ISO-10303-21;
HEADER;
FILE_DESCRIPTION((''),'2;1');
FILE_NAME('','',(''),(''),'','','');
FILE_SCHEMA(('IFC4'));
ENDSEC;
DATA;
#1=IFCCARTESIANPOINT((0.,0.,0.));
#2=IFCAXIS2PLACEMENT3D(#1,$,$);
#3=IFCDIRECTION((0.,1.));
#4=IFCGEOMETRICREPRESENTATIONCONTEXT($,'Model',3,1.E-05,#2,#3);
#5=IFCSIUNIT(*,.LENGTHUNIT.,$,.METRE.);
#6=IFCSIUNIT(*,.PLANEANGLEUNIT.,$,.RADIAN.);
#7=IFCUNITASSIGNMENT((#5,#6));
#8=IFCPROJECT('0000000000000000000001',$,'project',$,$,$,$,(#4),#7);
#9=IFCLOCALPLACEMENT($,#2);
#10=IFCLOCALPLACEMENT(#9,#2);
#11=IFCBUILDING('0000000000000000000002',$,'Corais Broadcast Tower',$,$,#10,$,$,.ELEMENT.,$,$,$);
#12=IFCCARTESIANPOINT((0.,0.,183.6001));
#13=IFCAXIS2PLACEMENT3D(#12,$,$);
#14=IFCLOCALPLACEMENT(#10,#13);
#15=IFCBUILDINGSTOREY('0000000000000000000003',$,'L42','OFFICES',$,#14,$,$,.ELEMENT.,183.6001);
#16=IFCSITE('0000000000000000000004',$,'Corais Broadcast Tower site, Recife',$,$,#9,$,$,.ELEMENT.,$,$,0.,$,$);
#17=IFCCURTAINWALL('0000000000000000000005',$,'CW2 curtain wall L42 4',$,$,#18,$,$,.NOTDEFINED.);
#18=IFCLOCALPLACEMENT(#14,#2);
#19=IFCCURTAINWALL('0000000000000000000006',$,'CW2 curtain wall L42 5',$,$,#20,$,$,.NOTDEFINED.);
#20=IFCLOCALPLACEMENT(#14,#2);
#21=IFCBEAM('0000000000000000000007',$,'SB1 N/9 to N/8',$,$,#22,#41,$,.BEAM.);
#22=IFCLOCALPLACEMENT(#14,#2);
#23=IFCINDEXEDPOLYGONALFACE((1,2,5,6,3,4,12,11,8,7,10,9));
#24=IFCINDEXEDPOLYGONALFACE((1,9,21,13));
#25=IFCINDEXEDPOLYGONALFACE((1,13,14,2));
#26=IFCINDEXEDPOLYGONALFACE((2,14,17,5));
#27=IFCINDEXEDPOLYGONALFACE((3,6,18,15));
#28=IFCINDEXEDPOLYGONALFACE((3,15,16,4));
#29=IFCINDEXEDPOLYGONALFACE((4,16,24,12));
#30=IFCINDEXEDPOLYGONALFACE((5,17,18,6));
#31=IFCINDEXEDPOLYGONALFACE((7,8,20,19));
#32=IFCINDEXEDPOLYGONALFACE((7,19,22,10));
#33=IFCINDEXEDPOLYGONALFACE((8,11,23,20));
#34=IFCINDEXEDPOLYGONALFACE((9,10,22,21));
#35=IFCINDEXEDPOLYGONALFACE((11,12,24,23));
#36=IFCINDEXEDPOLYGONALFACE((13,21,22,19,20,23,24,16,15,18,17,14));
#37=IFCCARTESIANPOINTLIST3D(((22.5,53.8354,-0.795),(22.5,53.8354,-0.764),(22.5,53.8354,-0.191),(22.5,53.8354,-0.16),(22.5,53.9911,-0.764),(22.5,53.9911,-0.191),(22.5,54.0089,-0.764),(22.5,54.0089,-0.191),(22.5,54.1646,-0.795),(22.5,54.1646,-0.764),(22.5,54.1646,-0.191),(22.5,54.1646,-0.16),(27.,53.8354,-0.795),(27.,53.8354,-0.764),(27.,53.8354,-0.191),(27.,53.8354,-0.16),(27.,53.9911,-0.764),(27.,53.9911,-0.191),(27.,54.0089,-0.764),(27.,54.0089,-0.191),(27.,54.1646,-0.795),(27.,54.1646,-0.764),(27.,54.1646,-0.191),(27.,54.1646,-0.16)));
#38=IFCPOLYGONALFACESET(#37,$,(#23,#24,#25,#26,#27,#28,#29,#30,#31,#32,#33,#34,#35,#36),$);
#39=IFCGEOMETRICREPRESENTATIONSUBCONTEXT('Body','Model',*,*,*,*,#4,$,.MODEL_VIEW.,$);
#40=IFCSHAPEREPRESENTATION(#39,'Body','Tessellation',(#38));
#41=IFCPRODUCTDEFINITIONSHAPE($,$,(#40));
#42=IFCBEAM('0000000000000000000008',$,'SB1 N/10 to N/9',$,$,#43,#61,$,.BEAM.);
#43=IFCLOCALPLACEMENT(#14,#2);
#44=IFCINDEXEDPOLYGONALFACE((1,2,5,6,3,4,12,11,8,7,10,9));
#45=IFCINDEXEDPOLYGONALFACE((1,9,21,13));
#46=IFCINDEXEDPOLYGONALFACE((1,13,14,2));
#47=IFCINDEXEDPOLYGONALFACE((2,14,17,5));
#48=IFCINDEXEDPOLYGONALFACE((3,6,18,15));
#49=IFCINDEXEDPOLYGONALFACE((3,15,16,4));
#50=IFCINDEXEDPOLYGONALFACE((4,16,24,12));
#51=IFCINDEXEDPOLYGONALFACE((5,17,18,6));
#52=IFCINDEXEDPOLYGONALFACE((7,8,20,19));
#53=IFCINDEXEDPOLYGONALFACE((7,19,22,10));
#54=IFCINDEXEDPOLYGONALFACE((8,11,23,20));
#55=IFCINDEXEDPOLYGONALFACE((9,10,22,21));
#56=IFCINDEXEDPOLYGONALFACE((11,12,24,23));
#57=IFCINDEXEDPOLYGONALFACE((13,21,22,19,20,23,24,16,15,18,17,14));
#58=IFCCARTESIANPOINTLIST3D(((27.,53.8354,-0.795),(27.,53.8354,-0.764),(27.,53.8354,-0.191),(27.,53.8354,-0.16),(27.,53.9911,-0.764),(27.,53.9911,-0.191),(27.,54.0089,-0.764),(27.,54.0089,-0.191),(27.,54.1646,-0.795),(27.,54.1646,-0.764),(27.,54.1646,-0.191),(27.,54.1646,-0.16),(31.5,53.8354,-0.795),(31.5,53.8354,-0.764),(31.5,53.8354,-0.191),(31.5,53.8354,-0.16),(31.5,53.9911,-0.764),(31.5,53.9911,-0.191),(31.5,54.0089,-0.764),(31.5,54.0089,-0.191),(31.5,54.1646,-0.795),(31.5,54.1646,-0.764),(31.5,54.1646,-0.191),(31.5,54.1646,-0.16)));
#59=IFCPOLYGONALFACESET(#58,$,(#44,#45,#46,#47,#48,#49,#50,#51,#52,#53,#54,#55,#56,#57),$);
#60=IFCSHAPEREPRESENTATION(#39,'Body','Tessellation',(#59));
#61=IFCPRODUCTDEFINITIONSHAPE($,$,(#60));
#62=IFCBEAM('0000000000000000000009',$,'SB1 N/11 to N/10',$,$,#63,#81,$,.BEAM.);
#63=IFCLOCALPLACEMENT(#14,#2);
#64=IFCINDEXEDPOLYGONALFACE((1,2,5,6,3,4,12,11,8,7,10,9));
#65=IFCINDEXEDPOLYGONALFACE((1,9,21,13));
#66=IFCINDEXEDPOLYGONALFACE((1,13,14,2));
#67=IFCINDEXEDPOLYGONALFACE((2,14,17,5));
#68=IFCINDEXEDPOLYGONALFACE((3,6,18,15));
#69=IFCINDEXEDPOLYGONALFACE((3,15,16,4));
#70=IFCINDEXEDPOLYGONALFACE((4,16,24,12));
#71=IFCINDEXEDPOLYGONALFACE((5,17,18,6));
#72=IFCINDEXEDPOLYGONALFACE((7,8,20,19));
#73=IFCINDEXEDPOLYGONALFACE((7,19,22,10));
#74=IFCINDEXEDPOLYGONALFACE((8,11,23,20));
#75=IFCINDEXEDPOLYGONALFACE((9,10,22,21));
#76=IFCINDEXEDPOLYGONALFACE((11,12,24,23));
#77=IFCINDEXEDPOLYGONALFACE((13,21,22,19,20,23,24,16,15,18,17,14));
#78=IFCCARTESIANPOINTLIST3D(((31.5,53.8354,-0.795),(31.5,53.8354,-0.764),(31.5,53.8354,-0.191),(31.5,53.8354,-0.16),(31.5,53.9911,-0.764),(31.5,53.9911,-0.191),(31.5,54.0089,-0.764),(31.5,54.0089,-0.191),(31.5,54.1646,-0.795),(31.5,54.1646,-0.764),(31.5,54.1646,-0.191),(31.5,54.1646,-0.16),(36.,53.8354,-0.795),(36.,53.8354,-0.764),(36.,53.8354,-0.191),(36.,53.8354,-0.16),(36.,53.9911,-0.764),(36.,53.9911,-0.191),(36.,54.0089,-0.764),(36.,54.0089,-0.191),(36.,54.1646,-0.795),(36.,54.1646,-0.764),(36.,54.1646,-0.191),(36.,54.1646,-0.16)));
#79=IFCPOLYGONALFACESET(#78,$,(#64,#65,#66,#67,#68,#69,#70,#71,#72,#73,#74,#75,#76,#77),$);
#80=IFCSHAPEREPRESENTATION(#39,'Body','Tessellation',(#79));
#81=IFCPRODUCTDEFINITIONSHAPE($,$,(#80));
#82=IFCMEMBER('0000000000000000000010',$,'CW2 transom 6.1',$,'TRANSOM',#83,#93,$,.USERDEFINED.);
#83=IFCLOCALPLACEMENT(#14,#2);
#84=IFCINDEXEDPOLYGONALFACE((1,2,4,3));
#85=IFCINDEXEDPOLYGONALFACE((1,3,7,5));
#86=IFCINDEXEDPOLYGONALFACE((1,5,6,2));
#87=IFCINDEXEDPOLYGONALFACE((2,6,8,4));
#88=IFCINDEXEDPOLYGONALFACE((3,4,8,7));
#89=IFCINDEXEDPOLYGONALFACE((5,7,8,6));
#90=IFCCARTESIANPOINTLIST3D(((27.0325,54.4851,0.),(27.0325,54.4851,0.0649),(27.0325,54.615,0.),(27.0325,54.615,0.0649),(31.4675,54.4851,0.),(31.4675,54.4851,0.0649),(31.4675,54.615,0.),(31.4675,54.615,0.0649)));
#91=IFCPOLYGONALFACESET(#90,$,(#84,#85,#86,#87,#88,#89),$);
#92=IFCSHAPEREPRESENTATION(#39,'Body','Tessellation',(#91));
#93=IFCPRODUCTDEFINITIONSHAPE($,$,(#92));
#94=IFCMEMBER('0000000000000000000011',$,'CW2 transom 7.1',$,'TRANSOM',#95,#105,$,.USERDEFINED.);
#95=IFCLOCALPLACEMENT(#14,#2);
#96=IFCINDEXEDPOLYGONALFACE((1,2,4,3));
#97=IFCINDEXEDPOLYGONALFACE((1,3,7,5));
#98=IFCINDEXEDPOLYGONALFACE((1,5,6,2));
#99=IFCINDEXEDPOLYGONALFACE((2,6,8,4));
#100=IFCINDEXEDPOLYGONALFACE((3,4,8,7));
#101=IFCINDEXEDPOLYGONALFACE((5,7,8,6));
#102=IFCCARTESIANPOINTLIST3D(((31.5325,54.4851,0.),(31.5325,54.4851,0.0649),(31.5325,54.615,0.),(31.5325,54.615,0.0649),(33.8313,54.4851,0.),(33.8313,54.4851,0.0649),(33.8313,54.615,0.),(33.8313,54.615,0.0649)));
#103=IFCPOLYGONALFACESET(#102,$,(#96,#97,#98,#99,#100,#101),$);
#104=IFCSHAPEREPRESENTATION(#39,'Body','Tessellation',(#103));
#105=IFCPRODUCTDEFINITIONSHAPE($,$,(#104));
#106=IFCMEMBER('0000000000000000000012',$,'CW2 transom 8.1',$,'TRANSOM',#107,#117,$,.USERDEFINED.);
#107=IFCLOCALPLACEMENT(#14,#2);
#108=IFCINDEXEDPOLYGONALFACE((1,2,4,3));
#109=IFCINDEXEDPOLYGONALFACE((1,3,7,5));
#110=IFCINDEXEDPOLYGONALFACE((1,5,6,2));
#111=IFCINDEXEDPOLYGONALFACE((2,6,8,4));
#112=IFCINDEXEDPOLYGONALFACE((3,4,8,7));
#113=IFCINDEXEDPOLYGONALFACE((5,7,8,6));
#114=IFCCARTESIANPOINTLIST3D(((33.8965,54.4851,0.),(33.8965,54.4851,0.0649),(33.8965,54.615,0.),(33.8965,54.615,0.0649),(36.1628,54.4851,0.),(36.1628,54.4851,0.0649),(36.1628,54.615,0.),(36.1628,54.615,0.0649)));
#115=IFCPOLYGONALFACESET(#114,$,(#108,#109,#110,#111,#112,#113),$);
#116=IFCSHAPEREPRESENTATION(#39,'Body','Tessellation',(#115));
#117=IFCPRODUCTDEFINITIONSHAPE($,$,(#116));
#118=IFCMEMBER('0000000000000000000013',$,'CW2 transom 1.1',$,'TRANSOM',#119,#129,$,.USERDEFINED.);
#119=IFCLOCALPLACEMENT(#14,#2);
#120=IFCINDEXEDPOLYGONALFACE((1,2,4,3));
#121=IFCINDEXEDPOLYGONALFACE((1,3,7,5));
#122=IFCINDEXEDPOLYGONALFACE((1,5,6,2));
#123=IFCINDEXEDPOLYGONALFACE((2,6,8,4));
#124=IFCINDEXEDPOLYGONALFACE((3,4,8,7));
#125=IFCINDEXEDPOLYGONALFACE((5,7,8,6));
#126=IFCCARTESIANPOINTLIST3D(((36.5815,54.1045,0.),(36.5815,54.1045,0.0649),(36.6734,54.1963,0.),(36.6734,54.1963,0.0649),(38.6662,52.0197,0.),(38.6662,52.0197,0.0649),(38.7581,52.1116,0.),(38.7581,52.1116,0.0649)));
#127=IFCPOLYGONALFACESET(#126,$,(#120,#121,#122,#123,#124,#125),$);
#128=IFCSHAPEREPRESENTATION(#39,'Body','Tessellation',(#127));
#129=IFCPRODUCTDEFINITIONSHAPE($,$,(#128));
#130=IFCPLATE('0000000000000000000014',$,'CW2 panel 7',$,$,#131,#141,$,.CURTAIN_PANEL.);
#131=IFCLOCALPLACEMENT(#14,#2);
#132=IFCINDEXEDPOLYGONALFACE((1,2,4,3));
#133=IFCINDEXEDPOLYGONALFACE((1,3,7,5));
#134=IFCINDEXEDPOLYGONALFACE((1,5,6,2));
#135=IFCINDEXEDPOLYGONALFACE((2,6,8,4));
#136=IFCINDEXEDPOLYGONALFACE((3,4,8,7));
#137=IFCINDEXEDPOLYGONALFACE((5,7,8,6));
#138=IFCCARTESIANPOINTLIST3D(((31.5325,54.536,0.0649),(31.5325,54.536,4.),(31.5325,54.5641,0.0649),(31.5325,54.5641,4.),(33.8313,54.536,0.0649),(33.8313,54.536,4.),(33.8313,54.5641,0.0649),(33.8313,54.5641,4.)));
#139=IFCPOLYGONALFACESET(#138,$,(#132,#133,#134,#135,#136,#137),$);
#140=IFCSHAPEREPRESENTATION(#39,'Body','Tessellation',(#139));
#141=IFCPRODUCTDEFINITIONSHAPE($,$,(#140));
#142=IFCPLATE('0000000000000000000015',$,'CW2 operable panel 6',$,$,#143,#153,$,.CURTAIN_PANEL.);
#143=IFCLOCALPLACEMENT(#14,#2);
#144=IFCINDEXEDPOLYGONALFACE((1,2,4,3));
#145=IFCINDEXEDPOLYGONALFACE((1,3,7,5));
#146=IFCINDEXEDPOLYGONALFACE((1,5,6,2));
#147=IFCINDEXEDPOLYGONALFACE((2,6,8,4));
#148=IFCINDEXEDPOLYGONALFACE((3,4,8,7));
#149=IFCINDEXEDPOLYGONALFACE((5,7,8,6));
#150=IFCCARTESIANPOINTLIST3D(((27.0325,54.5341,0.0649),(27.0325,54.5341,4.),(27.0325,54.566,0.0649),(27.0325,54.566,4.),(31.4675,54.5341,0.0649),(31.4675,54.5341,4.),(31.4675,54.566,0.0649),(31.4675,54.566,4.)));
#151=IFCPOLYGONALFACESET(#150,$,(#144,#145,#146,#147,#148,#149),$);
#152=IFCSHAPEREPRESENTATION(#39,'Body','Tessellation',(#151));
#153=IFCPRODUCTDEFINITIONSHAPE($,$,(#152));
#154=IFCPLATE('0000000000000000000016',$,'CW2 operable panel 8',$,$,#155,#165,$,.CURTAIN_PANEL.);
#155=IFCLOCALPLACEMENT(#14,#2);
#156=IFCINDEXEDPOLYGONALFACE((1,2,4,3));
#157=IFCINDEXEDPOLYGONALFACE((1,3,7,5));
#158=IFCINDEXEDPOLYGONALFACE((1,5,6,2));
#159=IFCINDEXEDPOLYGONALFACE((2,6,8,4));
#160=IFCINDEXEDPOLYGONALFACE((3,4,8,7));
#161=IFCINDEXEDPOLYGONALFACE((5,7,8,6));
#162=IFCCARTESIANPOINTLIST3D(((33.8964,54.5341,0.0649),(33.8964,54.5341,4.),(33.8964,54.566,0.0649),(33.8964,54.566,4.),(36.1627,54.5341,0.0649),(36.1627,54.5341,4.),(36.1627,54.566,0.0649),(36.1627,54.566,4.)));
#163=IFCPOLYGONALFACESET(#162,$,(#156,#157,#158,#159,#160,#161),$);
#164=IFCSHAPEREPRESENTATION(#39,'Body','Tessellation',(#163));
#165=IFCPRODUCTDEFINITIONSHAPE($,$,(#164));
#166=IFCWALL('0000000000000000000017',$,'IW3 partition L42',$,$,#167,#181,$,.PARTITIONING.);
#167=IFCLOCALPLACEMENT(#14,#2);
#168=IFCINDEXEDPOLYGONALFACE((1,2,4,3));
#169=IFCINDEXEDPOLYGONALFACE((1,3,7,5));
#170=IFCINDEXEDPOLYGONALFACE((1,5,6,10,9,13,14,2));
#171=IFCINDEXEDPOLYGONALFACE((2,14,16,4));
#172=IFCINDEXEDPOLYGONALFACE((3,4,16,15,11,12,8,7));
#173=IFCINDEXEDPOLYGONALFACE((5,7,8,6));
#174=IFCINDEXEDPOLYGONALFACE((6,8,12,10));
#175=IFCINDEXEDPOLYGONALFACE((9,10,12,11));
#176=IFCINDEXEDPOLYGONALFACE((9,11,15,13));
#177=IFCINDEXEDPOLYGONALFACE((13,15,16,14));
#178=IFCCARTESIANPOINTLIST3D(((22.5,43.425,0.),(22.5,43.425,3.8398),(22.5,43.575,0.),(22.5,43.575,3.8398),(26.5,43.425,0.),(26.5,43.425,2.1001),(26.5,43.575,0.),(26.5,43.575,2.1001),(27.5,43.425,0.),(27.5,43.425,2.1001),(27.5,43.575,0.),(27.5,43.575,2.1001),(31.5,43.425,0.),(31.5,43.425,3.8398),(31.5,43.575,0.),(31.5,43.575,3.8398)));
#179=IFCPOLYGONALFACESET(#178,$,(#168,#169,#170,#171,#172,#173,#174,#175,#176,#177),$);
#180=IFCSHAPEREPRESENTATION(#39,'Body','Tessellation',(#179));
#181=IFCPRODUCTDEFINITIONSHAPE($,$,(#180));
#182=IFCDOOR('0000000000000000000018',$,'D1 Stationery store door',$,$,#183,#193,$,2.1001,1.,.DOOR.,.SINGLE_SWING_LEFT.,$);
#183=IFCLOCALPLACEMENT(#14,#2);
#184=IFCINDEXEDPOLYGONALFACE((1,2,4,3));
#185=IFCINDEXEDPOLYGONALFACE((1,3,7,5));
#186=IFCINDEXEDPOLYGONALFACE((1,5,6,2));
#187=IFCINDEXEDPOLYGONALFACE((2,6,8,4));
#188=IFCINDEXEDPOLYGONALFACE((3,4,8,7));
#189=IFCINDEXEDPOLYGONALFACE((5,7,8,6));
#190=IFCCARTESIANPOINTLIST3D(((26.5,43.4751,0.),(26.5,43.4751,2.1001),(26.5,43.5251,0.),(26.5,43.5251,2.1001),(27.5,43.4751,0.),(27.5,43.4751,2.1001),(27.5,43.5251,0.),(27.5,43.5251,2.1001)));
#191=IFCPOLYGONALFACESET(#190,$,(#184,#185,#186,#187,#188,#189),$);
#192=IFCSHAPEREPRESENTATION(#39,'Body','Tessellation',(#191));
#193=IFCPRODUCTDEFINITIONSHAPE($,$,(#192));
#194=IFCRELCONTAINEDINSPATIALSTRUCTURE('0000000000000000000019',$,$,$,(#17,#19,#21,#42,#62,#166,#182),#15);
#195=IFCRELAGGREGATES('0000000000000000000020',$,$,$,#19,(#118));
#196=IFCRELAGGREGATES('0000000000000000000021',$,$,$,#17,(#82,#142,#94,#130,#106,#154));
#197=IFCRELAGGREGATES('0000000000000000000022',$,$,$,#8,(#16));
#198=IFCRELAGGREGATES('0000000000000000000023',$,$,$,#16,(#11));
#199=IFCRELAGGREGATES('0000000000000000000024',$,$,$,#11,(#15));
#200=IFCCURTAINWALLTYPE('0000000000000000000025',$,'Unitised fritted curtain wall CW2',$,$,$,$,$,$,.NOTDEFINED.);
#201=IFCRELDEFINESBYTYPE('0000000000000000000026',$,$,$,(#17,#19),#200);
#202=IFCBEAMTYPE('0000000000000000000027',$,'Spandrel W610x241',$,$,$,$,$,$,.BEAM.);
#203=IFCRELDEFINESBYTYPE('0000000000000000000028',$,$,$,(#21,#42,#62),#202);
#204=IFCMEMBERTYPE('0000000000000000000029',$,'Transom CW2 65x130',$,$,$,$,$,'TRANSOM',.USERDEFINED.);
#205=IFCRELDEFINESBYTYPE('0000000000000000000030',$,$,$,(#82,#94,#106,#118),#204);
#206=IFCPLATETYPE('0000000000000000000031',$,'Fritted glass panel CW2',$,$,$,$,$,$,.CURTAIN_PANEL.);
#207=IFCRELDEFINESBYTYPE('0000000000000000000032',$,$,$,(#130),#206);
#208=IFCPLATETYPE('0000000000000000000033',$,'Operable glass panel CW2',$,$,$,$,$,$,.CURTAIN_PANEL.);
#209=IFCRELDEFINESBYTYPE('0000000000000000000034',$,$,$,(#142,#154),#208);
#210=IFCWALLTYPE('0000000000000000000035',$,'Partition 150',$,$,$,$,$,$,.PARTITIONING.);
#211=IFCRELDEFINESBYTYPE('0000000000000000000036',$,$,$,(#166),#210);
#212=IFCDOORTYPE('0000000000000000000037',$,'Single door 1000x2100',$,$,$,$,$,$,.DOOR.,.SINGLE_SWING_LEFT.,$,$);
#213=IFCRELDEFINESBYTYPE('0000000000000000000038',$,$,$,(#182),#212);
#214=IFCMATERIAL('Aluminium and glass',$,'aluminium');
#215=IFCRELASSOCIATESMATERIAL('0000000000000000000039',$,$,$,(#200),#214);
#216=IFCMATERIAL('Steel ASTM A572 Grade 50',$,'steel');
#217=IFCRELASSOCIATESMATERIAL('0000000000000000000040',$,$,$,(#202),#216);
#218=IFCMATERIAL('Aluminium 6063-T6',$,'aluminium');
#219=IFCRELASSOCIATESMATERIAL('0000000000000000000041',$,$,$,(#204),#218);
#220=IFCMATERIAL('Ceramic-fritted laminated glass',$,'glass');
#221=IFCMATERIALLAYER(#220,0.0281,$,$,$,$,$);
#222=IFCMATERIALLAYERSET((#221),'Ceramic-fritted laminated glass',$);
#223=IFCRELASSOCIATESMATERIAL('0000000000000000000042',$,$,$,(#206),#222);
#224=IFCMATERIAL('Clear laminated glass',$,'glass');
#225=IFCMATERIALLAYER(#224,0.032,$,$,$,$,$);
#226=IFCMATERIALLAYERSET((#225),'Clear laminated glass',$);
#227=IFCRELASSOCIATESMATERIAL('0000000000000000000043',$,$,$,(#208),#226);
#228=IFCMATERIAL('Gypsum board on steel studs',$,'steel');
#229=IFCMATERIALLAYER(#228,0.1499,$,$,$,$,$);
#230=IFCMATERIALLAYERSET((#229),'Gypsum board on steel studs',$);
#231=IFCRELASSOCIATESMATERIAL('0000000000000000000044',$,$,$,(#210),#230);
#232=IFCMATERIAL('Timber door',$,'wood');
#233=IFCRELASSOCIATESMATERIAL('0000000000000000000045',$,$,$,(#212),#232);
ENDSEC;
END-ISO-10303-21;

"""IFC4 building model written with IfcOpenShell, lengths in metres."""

from ifc_helpers import new_model, si_unit, direction, frame, frame_2d, origin, origin_2d, place, context, subcontext, project, spatial, rectangle, i_section, extrude, material, layer, layer_set, material_profile, profile_set, type_object, element, fill, aggregate, save


model = new_model("IFC4")

# Units and contexts
model_context = context("Model", 3, precision=1e-05, world=origin(), true_north=direction((0.0, 1.0)))
body_context = subcontext(model_context, "Body", "Model", "MODEL_VIEW")
ifc_project = project(units=[si_unit("LENGTHUNIT", "METRE"), si_unit("PLANEANGLEUNIT", "RADIAN")], contexts=[model_context])

# Site, building, storey
site_placement = place(None, origin())
site = spatial("IfcSite", under=ifc_project, at=site_placement, Name="Corais Broadcast Tower site, Recife", CompositionType="ELEMENT", RefElevation=0.0)
building_placement = place(site_placement, origin())
building = spatial("IfcBuilding", under=site, at=building_placement, Name="Corais Broadcast Tower", CompositionType="ELEMENT")
storey_placement = place(building_placement, frame((0.0, 0.0, 183.6001)))
storey = spatial("IfcBuildingStorey", under=building, at=storey_placement, Name="L42", Description="OFFICES", CompositionType="ELEMENT", Elevation=183.6001)

# Curtain wall
ifc_material_1 = material(Name="Aluminium and glass", Category="aluminium")
curtain_wall_type = type_object("IfcCurtainWallType", Name="Unitised fritted curtain wall CW2", PredefinedType="NOTDEFINED", material=ifc_material_1)
curtain_wall_1_placement = place(storey_placement, origin())
curtain_wall_1 = element("IfcCurtainWall", 1, at=curtain_wall_1_placement, inside=storey, type_object=curtain_wall_type, Name="CW2 curtain wall L42 4", PredefinedType="NOTDEFINED")

# Curtain wall
curtain_wall_2_placement = place(storey_placement, origin())
curtain_wall_2 = element("IfcCurtainWall", 2, at=curtain_wall_2_placement, inside=storey, type_object=curtain_wall_type, Name="CW2 curtain wall L42 5", PredefinedType="NOTDEFINED")

# Beams
ifc_material_2 = material(Name="Steel ASTM A572 Grade 50", Category="steel")
ifc_material_profile_1 = material_profile(ifc_material_2, i_section(OverallWidth=0.3291, OverallDepth=0.635, WebThickness=0.0178, FlangeThickness=0.031, at=origin_2d()), Name="W610x241")
ifc_profile_set_1 = profile_set([ifc_material_profile_1], Name="Steel ASTM A572 Grade 50")
beam_type_1 = type_object("IfcBeamType", Name="Spandrel W610x241", PredefinedType="BEAM", material=ifc_profile_set_1)
for number, where, z_axis, x_axis, name in (
    (3, (27.0, 54.0, -0.4775), (-1.0, 0.0, 0.0), (0.0, -1.0, 0.0), "SB1 N/9 to N/8"),
    (4, (31.5, 54.0, -0.4775), (-1.0, 0.0, 0.0), (0.0, -1.0, 0.0), "SB1 N/10 to N/9"),
    (5, (36.0, 54.0, -0.4775), (-1.0, 0.0, 0.0), (0.0, -1.0, 0.0), "SB1 N/11 to N/10"),
):
    element("IfcBeam", number, at=place(storey_placement, frame(where, z_axis=z_axis, x_axis=x_axis)), inside=storey, type_object=beam_type_1, Name=name, PredefinedType="BEAM", context=body_context, shape_type="SweptSolid", body=[
        extrude(i_section(OverallWidth=0.3291, OverallDepth=0.635, WebThickness=0.0178, FlangeThickness=0.031, at=origin_2d()), origin(), (0.0, 0.0, 1.0), 4.5),
    ])

# Members
ifc_material_3 = material(Name="Aluminium 6063-T6", Category="aluminium")
ifc_material_profile_2 = material_profile(ifc_material_3, rectangle(XDim=0.1299, YDim=0.0649, at=origin_2d()), Name="Transom CW2 65x130")
ifc_profile_set_2 = profile_set([ifc_material_profile_2], Name="Aluminium 6063-T6")
member_type_1 = type_object("IfcMemberType", Name="Transom CW2 65x130", ElementType="TRANSOM", PredefinedType="USERDEFINED", material=ifc_profile_set_2)
member_1_placement = place(storey_placement, frame((27.0325, 54.55, 0.0325), z_axis=(1.0, 0.0, 0.0), x_axis=(0.0, 1.0, 0.0)))
member_1 = element("IfcMember", 6, at=member_1_placement, type_object=member_type_1, Name="CW2 transom 6.1", ObjectType="TRANSOM", PredefinedType="USERDEFINED", context=body_context, shape_type="SweptSolid", body=[
    extrude(rectangle(XDim=0.1299, YDim=0.0649, at=origin_2d()), origin(), (0.0, 0.0, 1.0), 4.4351),
])
member_2_placement = place(storey_placement, frame((31.5325, 54.55, 0.0325), z_axis=(1.0, 0.0, 0.0), x_axis=(0.0, 1.0, 0.0)))
member_2 = element("IfcMember", 7, at=member_2_placement, type_object=member_type_1, Name="CW2 transom 7.1", ObjectType="TRANSOM", PredefinedType="USERDEFINED", context=body_context, shape_type="SweptSolid", body=[
    extrude(rectangle(XDim=0.1299, YDim=0.0649, at=origin_2d()), origin(), (0.0, 0.0, 1.0), 2.2988),
])
member_3_placement = place(storey_placement, frame((33.8965, 54.55, 0.0325), z_axis=(1.0, 0.0, 0.0), x_axis=(0.0, 1.0, 0.0)))
member_3 = element("IfcMember", 8, at=member_3_placement, type_object=member_type_1, Name="CW2 transom 8.1", ObjectType="TRANSOM", PredefinedType="USERDEFINED", context=body_context, shape_type="SweptSolid", body=[
    extrude(rectangle(XDim=0.1299, YDim=0.0649, at=origin_2d()), origin(), (0.0, 0.0, 1.0), 2.2664),
])
member_4_placement = place(storey_placement, frame((36.6274, 54.1504, 0.0325), z_axis=(0.707107, -0.707107, 0.0), x_axis=(0.707107, 0.707107, 0.0)))
member_4 = element("IfcMember", 9, at=member_4_placement, type_object=member_type_1, Name="CW2 transom 1.1", ObjectType="TRANSOM", PredefinedType="USERDEFINED", context=body_context, shape_type="SweptSolid", body=[
    extrude(rectangle(XDim=0.1299, YDim=0.0649, at=origin_2d()), origin(), (0.0, 0.0, 1.0), 2.9482),
])
aggregate(curtain_wall_2, [member_4])

# Plates
ifc_material_4 = material(Name="Ceramic-fritted laminated glass", Category="glass")
ifc_layer_1 = layer(ifc_material_4, 0.0281)
ifc_layer_set_1 = layer_set([ifc_layer_1], Name="Ceramic-fritted laminated glass")
plate_type_1 = type_object("IfcPlateType", Name="Fritted glass panel CW2", PredefinedType="CURTAIN_PANEL", material=ifc_layer_set_1)
plate_1_placement = place(storey_placement, frame((32.6819, 54.55, 0.0649), z_axis=(0.0, 0.0, 1.0), x_axis=(1.0, 0.0, 0.0)))
plate_1 = element("IfcPlate", 10, at=plate_1_placement, type_object=plate_type_1, Name="CW2 panel 7", PredefinedType="CURTAIN_PANEL", context=body_context, shape_type="SweptSolid", body=[
    extrude(rectangle(XDim=2.2988, YDim=0.0281, at=origin_2d()), origin(), (0.0, 0.0, 1.0), 3.9351),
])
ifc_material_5 = material(Name="Clear laminated glass", Category="glass")
ifc_layer_2 = layer(ifc_material_5, 0.032)
ifc_layer_set_2 = layer_set([ifc_layer_2], Name="Clear laminated glass")
plate_type_2 = type_object("IfcPlateType", Name="Operable glass panel CW2", PredefinedType="CURTAIN_PANEL", material=ifc_layer_set_2)
plate_2_placement = place(storey_placement, frame((29.25, 54.55, 0.0649), z_axis=(0.0, 0.0, 1.0), x_axis=(1.0, 0.0, 0.0)))
plate_2 = element("IfcPlate", 11, at=plate_2_placement, type_object=plate_type_2, Name="CW2 operable panel 6", PredefinedType="CURTAIN_PANEL", context=body_context, shape_type="SweptSolid", body=[
    extrude(rectangle(XDim=4.4351, YDim=0.032, at=origin_2d()), origin(), (0.0, 0.0, 1.0), 3.9351),
])
plate_3_placement = place(storey_placement, frame((35.0295, 54.55, 0.0649), z_axis=(0.0, 0.0, 1.0), x_axis=(1.0, 0.0, 0.0)))
plate_3 = element("IfcPlate", 12, at=plate_3_placement, type_object=plate_type_2, Name="CW2 operable panel 8", PredefinedType="CURTAIN_PANEL", context=body_context, shape_type="SweptSolid", body=[
    extrude(rectangle(XDim=2.2664, YDim=0.032, at=origin_2d()), origin(), (0.0, 0.0, 1.0), 3.9351),
])
aggregate(curtain_wall_1, [member_1, plate_2, member_2, plate_1, member_3, plate_3])

# Wall, opening, door
ifc_material_6 = material(Name="Gypsum board on steel studs", Category="steel")
ifc_layer_3 = layer(ifc_material_6, 0.1499)
ifc_layer_set_3 = layer_set([ifc_layer_3], Name="Gypsum board on steel studs")
wall_type = type_object("IfcWallType", Name="Partition 150", PredefinedType="PARTITIONING", material=ifc_layer_set_3)
wall_1_placement = place(storey_placement, frame((31.5, 43.5, 0.0), z_axis=(0.0, 0.0, 1.0), x_axis=(-1.0, 0.0, 0.0)))
wall_1 = element("IfcWall", 13, at=wall_1_placement, inside=storey, type_object=wall_type, Name="IW3 partition L42", PredefinedType="PARTITIONING", context=body_context, shape_type="SweptSolid", body=[
    extrude(rectangle(XDim=9.0, YDim=0.1499, at=frame_2d((4.5, 0.0))), origin(), (0.0, 0.0, 1.0), 3.8398),
])
opening_1_placement = place(wall_1_placement, frame((4.0, 0.0, 0.0)))
opening_1 = element("IfcOpeningElement", 14, at=opening_1_placement, cuts=wall_1, PredefinedType="OPENING", context=body_context, shape_type="SweptSolid", body=[
    extrude(rectangle(XDim=1.0, YDim=2.1001, at=frame_2d((0.5, 1.05))), frame((0.0, 0.085, 0.0), z_axis=(0.0, -1.0, 0.0), x_axis=(1.0, 0.0, 0.0)), (0.0, 0.0, 1.0), 0.1699),
])
ifc_material_7 = material(Name="Timber door", Category="wood")
door_type = type_object("IfcDoorType", Name="Single door 1000x2100", OperationType="SINGLE_SWING_LEFT", PredefinedType="DOOR", material=ifc_material_7)
door_1_placement = place(opening_1_placement, origin())
door_1 = element("IfcDoor", 15, at=door_1_placement, inside=storey, type_object=door_type, Name="D1 Stationery store door", OperationType="SINGLE_SWING_LEFT", OverallHeight=2.1001, OverallWidth=1.0, PredefinedType="DOOR", context=body_context, shape_type="SweptSolid", body=[
    extrude(rectangle(XDim=1.0, YDim=2.1001, at=frame_2d((0.5, 1.05))), frame((0.0, 0.0249, 0.0), z_axis=(0.0, -1.0, 0.0), x_axis=(1.0, 0.0, 0.0)), (0.0, 0.0, 1.0), 0.05),
])
fill(opening_1, door_1)

save(model, "model.ifc")
